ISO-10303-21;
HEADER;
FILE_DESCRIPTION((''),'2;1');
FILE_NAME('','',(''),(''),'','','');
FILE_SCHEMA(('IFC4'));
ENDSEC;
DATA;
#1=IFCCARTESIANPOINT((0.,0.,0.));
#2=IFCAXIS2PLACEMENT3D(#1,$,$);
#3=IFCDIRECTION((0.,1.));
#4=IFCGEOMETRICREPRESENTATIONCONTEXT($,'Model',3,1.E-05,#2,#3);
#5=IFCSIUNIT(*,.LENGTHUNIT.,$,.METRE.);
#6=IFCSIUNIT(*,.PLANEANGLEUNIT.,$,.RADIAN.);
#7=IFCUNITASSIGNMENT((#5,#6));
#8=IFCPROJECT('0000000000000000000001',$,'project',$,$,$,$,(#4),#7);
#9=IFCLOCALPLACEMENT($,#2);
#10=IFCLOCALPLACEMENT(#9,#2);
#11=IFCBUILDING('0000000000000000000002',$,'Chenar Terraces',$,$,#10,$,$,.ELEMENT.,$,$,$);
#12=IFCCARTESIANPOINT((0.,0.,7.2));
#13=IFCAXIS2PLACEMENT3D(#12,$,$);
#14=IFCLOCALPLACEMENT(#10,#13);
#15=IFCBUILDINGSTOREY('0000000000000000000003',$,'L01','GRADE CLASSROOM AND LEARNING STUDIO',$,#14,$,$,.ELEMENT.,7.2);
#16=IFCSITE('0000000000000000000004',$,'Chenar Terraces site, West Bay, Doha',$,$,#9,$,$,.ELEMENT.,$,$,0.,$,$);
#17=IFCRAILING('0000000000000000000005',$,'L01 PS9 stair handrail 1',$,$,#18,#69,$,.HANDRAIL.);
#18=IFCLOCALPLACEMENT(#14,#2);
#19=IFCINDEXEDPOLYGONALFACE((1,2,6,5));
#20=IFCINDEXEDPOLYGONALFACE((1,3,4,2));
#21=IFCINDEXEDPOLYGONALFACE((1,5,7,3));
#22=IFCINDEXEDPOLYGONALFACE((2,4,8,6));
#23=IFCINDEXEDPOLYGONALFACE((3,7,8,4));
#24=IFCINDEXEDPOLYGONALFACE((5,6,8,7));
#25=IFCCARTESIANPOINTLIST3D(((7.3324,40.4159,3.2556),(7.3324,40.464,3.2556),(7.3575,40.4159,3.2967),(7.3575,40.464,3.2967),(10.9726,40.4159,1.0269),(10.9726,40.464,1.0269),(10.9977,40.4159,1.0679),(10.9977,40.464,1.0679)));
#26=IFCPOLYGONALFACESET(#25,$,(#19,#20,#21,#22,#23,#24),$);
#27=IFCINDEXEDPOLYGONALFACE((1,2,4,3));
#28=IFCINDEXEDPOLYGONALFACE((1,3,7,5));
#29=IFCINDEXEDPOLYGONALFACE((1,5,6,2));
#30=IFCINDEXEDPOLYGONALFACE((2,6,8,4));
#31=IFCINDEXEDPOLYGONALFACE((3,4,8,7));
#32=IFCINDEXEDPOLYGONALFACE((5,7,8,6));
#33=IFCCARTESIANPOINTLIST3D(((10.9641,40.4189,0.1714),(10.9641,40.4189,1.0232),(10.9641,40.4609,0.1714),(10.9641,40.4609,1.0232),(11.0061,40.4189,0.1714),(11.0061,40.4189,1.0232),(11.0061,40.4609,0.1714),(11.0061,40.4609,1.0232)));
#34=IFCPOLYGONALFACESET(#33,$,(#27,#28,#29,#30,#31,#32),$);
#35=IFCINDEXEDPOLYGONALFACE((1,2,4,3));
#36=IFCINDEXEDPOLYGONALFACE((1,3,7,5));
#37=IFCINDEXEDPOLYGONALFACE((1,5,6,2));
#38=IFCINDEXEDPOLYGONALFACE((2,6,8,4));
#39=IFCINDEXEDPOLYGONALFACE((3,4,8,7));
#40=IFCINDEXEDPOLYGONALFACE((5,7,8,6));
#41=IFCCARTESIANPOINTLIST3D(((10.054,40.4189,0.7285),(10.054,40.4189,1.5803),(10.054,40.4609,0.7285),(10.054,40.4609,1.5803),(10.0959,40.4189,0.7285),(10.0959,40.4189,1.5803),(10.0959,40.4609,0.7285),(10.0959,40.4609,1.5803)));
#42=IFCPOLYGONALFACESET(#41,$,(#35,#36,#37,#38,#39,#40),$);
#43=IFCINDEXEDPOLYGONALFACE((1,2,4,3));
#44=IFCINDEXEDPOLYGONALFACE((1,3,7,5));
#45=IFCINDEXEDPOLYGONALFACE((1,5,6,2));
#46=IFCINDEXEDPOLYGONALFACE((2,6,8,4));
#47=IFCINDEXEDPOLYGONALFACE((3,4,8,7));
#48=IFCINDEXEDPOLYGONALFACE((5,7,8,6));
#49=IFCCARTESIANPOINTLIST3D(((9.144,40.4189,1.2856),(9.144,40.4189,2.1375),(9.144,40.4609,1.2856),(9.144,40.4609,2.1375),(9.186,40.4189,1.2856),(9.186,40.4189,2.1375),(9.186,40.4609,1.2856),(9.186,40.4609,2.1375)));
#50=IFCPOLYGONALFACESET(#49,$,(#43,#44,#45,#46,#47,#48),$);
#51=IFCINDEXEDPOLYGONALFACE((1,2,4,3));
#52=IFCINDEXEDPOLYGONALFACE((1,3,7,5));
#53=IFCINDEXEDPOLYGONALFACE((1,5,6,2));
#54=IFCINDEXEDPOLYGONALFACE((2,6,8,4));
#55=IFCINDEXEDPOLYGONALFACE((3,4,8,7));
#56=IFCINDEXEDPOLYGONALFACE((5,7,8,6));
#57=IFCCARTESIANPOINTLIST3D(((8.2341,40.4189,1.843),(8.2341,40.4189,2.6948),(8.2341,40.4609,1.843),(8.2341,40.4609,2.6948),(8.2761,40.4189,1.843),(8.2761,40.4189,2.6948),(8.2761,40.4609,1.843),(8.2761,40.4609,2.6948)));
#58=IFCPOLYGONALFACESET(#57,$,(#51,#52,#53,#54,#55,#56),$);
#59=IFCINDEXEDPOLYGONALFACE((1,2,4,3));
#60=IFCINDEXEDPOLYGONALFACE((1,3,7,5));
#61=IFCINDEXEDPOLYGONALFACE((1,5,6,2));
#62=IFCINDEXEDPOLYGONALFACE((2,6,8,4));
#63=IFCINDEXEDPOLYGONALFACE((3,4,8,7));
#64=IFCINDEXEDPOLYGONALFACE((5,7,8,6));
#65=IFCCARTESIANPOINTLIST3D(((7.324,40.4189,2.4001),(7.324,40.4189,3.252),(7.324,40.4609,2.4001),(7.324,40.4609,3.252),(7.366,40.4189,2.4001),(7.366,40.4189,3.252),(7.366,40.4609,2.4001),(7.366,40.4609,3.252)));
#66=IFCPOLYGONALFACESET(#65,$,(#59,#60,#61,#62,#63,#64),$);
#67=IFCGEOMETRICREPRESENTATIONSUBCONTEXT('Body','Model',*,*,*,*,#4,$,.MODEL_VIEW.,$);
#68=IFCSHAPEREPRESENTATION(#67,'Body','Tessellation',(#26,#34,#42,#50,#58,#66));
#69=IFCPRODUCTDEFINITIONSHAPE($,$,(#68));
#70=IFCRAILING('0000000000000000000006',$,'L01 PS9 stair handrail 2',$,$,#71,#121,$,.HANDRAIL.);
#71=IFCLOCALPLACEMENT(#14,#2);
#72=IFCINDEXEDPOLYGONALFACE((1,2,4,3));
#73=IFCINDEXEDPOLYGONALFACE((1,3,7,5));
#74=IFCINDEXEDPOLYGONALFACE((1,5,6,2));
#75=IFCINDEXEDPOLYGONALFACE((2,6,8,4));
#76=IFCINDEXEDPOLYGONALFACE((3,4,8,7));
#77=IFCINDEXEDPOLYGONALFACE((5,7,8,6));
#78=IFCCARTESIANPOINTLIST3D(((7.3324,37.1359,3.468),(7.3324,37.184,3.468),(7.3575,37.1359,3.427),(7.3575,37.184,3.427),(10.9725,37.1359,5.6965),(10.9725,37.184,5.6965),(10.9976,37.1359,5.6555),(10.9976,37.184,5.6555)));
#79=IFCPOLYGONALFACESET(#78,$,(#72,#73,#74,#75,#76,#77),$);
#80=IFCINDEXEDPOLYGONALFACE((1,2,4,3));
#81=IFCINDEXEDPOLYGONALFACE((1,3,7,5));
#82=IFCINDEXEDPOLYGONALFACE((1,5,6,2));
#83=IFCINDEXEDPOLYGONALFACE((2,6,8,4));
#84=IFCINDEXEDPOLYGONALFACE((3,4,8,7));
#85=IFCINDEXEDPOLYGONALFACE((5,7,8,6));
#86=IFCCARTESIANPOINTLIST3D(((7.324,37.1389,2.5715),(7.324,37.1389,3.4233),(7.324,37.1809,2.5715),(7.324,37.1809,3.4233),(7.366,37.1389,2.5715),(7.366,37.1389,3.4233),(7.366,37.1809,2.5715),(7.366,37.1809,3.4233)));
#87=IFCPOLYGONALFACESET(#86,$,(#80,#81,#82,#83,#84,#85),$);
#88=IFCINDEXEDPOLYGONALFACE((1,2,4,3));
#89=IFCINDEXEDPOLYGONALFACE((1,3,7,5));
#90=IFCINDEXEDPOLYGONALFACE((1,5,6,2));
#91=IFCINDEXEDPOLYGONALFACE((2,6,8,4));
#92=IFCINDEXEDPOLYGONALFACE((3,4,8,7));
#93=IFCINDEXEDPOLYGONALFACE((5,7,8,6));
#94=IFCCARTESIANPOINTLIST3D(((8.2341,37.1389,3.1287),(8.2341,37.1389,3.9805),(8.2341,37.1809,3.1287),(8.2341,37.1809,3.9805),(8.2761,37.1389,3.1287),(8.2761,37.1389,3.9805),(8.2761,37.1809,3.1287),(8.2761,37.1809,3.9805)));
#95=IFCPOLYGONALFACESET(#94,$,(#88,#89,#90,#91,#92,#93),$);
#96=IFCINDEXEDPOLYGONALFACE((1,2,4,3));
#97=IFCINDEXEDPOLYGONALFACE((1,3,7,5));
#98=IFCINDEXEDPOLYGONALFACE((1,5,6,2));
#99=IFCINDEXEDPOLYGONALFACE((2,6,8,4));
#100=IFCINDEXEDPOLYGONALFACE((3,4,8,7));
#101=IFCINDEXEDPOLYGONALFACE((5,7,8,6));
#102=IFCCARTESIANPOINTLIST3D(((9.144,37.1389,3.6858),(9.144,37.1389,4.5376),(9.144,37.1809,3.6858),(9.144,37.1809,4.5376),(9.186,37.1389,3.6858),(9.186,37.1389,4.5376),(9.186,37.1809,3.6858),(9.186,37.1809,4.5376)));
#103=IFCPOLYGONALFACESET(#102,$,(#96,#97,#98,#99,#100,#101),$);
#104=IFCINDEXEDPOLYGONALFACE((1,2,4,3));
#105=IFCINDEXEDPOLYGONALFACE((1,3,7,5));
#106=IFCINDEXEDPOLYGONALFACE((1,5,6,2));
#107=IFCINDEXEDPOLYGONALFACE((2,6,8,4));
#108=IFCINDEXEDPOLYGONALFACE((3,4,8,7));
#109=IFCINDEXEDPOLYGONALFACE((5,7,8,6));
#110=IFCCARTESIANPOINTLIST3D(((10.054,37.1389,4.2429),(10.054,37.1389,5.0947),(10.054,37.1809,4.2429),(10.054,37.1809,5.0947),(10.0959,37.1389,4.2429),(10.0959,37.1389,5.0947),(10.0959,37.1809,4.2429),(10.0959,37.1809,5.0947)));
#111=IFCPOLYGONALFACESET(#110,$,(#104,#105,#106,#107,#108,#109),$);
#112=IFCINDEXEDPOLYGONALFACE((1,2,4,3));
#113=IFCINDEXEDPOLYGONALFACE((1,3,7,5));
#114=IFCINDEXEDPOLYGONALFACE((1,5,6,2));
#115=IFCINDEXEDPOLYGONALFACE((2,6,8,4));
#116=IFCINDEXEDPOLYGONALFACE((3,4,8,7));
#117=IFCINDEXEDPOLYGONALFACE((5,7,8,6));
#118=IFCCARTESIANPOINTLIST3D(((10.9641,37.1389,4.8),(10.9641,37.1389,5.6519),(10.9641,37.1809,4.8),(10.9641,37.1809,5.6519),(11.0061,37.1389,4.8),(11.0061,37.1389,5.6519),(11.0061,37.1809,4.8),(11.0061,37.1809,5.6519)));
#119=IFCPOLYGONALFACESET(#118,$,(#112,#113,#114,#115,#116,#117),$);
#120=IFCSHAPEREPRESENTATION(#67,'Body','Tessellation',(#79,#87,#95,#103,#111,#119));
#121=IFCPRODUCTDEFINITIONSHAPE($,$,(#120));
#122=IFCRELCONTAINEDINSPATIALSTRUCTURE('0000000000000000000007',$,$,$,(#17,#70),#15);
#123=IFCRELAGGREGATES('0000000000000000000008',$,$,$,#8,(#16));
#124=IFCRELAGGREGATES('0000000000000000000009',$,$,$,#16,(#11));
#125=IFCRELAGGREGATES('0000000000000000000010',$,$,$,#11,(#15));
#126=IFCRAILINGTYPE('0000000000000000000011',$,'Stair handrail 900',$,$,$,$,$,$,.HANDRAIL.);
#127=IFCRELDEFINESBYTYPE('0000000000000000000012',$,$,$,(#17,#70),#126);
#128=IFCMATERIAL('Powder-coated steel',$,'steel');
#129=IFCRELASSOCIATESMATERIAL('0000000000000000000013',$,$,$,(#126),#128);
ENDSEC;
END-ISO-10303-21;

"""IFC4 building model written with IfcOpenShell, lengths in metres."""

from ifc_helpers import new_model, si_unit, direction, frame, origin, origin_2d, place, context, subcontext, project, spatial, rectangle, extrude, material, type_object, element, save


model = new_model("IFC4")

# Units and contexts
model_context = context("Model", 3, precision=1e-05, world=origin(), true_north=direction((0.0, 1.0)))
body_context = subcontext(model_context, "Body", "Model", "MODEL_VIEW")
ifc_project = project(units=[si_unit("LENGTHUNIT", "METRE"), si_unit("PLANEANGLEUNIT", "RADIAN")], contexts=[model_context])

# Site, building, storey
site_placement = place(None, origin())
site = spatial("IfcSite", under=ifc_project, at=site_placement, Name="Chenar Terraces site, West Bay, Doha", CompositionType="ELEMENT", RefElevation=0.0)
building_placement = place(site_placement, origin())
building = spatial("IfcBuilding", under=site, at=building_placement, Name="Chenar Terraces", CompositionType="ELEMENT")
storey_placement = place(building_placement, frame((0.0, 0.0, 7.2)))
storey = spatial("IfcBuildingStorey", under=building, at=storey_placement, Name="L01", Description="GRADE CLASSROOM AND LEARNING STUDIO", CompositionType="ELEMENT", Elevation=7.2)

# Railings
ifc_material_1 = material(Name="Powder-coated steel", Category="steel")
railing_type_1 = type_object("IfcRailingType", Name="Stair handrail 900", PredefinedType="HANDRAIL", material=ifc_material_1)
railing_1_placement = place(storey_placement, frame((10.9851, 40.4399, 0.1714)))
element("IfcRailing", 1, at=railing_1_placement, inside=storey, type_object=railing_type_1, Name="L01 PS9 stair handrail 1", PredefinedType="HANDRAIL", context=body_context, shape_type="SweptSolid", body=[
    extrude(rectangle(XDim=0.0481, YDim=0.0481, at=origin_2d()), frame((0.0, 0.0, 0.876), z_axis=(-0.85284, 0.0, 0.522172), x_axis=(0.0, -1.0, 0.0)), (0.0, 0.0, 1.0), 4.2683),
    extrude(rectangle(XDim=0.042, YDim=0.042, at=origin_2d()), origin(), (0.0, 0.0, 1.0), 0.8518),
    extrude(rectangle(XDim=0.042, YDim=0.042, at=origin_2d()), frame((-0.9102, 0.0, 0.5571)), (0.0, 0.0, 1.0), 0.8518),
    extrude(rectangle(XDim=0.042, YDim=0.042, at=origin_2d()), frame((-1.8201, 0.0, 1.1143)), (0.0, 0.0, 1.0), 0.8518),
    extrude(rectangle(XDim=0.042, YDim=0.042, at=origin_2d()), frame((-2.73, 0.0, 1.6716)), (0.0, 0.0, 1.0), 0.8518),
    extrude(rectangle(XDim=0.042, YDim=0.042, at=origin_2d()), frame((-3.6401, 0.0, 2.2288)), (0.0, 0.0, 1.0), 0.8518),
])
railing_2_placement = place(storey_placement, frame((7.345, 37.1599, 2.5715)))
element("IfcRailing", 2, at=railing_2_placement, inside=storey, type_object=railing_type_1, Name="L01 PS9 stair handrail 2", PredefinedType="HANDRAIL", context=body_context, shape_type="SweptSolid", body=[
    extrude(rectangle(XDim=0.0481, YDim=0.0481, at=origin_2d()), frame((0.0, 0.0, 0.876), z_axis=(0.852866, 0.0, 0.52213), x_axis=(0.0, 1.0, 0.0)), (0.0, 0.0, 1.0), 4.2681),
    extrude(rectangle(XDim=0.042, YDim=0.042, at=origin_2d()), origin(), (0.0, 0.0, 1.0), 0.8518),
    extrude(rectangle(XDim=0.042, YDim=0.042, at=origin_2d()), frame((0.9102, 0.0, 0.5571)), (0.0, 0.0, 1.0), 0.8518),
    extrude(rectangle(XDim=0.042, YDim=0.042, at=origin_2d()), frame((1.8201, 0.0, 1.1143)), (0.0, 0.0, 1.0), 0.8518),
    extrude(rectangle(XDim=0.042, YDim=0.042, at=origin_2d()), frame((2.73, 0.0, 1.6714)), (0.0, 0.0, 1.0), 0.8518),
    extrude(rectangle(XDim=0.042, YDim=0.042, at=origin_2d()), frame((3.6401, 0.0, 2.2285)), (0.0, 0.0, 1.0), 0.8518),
])

save(model, "model.ifc")
